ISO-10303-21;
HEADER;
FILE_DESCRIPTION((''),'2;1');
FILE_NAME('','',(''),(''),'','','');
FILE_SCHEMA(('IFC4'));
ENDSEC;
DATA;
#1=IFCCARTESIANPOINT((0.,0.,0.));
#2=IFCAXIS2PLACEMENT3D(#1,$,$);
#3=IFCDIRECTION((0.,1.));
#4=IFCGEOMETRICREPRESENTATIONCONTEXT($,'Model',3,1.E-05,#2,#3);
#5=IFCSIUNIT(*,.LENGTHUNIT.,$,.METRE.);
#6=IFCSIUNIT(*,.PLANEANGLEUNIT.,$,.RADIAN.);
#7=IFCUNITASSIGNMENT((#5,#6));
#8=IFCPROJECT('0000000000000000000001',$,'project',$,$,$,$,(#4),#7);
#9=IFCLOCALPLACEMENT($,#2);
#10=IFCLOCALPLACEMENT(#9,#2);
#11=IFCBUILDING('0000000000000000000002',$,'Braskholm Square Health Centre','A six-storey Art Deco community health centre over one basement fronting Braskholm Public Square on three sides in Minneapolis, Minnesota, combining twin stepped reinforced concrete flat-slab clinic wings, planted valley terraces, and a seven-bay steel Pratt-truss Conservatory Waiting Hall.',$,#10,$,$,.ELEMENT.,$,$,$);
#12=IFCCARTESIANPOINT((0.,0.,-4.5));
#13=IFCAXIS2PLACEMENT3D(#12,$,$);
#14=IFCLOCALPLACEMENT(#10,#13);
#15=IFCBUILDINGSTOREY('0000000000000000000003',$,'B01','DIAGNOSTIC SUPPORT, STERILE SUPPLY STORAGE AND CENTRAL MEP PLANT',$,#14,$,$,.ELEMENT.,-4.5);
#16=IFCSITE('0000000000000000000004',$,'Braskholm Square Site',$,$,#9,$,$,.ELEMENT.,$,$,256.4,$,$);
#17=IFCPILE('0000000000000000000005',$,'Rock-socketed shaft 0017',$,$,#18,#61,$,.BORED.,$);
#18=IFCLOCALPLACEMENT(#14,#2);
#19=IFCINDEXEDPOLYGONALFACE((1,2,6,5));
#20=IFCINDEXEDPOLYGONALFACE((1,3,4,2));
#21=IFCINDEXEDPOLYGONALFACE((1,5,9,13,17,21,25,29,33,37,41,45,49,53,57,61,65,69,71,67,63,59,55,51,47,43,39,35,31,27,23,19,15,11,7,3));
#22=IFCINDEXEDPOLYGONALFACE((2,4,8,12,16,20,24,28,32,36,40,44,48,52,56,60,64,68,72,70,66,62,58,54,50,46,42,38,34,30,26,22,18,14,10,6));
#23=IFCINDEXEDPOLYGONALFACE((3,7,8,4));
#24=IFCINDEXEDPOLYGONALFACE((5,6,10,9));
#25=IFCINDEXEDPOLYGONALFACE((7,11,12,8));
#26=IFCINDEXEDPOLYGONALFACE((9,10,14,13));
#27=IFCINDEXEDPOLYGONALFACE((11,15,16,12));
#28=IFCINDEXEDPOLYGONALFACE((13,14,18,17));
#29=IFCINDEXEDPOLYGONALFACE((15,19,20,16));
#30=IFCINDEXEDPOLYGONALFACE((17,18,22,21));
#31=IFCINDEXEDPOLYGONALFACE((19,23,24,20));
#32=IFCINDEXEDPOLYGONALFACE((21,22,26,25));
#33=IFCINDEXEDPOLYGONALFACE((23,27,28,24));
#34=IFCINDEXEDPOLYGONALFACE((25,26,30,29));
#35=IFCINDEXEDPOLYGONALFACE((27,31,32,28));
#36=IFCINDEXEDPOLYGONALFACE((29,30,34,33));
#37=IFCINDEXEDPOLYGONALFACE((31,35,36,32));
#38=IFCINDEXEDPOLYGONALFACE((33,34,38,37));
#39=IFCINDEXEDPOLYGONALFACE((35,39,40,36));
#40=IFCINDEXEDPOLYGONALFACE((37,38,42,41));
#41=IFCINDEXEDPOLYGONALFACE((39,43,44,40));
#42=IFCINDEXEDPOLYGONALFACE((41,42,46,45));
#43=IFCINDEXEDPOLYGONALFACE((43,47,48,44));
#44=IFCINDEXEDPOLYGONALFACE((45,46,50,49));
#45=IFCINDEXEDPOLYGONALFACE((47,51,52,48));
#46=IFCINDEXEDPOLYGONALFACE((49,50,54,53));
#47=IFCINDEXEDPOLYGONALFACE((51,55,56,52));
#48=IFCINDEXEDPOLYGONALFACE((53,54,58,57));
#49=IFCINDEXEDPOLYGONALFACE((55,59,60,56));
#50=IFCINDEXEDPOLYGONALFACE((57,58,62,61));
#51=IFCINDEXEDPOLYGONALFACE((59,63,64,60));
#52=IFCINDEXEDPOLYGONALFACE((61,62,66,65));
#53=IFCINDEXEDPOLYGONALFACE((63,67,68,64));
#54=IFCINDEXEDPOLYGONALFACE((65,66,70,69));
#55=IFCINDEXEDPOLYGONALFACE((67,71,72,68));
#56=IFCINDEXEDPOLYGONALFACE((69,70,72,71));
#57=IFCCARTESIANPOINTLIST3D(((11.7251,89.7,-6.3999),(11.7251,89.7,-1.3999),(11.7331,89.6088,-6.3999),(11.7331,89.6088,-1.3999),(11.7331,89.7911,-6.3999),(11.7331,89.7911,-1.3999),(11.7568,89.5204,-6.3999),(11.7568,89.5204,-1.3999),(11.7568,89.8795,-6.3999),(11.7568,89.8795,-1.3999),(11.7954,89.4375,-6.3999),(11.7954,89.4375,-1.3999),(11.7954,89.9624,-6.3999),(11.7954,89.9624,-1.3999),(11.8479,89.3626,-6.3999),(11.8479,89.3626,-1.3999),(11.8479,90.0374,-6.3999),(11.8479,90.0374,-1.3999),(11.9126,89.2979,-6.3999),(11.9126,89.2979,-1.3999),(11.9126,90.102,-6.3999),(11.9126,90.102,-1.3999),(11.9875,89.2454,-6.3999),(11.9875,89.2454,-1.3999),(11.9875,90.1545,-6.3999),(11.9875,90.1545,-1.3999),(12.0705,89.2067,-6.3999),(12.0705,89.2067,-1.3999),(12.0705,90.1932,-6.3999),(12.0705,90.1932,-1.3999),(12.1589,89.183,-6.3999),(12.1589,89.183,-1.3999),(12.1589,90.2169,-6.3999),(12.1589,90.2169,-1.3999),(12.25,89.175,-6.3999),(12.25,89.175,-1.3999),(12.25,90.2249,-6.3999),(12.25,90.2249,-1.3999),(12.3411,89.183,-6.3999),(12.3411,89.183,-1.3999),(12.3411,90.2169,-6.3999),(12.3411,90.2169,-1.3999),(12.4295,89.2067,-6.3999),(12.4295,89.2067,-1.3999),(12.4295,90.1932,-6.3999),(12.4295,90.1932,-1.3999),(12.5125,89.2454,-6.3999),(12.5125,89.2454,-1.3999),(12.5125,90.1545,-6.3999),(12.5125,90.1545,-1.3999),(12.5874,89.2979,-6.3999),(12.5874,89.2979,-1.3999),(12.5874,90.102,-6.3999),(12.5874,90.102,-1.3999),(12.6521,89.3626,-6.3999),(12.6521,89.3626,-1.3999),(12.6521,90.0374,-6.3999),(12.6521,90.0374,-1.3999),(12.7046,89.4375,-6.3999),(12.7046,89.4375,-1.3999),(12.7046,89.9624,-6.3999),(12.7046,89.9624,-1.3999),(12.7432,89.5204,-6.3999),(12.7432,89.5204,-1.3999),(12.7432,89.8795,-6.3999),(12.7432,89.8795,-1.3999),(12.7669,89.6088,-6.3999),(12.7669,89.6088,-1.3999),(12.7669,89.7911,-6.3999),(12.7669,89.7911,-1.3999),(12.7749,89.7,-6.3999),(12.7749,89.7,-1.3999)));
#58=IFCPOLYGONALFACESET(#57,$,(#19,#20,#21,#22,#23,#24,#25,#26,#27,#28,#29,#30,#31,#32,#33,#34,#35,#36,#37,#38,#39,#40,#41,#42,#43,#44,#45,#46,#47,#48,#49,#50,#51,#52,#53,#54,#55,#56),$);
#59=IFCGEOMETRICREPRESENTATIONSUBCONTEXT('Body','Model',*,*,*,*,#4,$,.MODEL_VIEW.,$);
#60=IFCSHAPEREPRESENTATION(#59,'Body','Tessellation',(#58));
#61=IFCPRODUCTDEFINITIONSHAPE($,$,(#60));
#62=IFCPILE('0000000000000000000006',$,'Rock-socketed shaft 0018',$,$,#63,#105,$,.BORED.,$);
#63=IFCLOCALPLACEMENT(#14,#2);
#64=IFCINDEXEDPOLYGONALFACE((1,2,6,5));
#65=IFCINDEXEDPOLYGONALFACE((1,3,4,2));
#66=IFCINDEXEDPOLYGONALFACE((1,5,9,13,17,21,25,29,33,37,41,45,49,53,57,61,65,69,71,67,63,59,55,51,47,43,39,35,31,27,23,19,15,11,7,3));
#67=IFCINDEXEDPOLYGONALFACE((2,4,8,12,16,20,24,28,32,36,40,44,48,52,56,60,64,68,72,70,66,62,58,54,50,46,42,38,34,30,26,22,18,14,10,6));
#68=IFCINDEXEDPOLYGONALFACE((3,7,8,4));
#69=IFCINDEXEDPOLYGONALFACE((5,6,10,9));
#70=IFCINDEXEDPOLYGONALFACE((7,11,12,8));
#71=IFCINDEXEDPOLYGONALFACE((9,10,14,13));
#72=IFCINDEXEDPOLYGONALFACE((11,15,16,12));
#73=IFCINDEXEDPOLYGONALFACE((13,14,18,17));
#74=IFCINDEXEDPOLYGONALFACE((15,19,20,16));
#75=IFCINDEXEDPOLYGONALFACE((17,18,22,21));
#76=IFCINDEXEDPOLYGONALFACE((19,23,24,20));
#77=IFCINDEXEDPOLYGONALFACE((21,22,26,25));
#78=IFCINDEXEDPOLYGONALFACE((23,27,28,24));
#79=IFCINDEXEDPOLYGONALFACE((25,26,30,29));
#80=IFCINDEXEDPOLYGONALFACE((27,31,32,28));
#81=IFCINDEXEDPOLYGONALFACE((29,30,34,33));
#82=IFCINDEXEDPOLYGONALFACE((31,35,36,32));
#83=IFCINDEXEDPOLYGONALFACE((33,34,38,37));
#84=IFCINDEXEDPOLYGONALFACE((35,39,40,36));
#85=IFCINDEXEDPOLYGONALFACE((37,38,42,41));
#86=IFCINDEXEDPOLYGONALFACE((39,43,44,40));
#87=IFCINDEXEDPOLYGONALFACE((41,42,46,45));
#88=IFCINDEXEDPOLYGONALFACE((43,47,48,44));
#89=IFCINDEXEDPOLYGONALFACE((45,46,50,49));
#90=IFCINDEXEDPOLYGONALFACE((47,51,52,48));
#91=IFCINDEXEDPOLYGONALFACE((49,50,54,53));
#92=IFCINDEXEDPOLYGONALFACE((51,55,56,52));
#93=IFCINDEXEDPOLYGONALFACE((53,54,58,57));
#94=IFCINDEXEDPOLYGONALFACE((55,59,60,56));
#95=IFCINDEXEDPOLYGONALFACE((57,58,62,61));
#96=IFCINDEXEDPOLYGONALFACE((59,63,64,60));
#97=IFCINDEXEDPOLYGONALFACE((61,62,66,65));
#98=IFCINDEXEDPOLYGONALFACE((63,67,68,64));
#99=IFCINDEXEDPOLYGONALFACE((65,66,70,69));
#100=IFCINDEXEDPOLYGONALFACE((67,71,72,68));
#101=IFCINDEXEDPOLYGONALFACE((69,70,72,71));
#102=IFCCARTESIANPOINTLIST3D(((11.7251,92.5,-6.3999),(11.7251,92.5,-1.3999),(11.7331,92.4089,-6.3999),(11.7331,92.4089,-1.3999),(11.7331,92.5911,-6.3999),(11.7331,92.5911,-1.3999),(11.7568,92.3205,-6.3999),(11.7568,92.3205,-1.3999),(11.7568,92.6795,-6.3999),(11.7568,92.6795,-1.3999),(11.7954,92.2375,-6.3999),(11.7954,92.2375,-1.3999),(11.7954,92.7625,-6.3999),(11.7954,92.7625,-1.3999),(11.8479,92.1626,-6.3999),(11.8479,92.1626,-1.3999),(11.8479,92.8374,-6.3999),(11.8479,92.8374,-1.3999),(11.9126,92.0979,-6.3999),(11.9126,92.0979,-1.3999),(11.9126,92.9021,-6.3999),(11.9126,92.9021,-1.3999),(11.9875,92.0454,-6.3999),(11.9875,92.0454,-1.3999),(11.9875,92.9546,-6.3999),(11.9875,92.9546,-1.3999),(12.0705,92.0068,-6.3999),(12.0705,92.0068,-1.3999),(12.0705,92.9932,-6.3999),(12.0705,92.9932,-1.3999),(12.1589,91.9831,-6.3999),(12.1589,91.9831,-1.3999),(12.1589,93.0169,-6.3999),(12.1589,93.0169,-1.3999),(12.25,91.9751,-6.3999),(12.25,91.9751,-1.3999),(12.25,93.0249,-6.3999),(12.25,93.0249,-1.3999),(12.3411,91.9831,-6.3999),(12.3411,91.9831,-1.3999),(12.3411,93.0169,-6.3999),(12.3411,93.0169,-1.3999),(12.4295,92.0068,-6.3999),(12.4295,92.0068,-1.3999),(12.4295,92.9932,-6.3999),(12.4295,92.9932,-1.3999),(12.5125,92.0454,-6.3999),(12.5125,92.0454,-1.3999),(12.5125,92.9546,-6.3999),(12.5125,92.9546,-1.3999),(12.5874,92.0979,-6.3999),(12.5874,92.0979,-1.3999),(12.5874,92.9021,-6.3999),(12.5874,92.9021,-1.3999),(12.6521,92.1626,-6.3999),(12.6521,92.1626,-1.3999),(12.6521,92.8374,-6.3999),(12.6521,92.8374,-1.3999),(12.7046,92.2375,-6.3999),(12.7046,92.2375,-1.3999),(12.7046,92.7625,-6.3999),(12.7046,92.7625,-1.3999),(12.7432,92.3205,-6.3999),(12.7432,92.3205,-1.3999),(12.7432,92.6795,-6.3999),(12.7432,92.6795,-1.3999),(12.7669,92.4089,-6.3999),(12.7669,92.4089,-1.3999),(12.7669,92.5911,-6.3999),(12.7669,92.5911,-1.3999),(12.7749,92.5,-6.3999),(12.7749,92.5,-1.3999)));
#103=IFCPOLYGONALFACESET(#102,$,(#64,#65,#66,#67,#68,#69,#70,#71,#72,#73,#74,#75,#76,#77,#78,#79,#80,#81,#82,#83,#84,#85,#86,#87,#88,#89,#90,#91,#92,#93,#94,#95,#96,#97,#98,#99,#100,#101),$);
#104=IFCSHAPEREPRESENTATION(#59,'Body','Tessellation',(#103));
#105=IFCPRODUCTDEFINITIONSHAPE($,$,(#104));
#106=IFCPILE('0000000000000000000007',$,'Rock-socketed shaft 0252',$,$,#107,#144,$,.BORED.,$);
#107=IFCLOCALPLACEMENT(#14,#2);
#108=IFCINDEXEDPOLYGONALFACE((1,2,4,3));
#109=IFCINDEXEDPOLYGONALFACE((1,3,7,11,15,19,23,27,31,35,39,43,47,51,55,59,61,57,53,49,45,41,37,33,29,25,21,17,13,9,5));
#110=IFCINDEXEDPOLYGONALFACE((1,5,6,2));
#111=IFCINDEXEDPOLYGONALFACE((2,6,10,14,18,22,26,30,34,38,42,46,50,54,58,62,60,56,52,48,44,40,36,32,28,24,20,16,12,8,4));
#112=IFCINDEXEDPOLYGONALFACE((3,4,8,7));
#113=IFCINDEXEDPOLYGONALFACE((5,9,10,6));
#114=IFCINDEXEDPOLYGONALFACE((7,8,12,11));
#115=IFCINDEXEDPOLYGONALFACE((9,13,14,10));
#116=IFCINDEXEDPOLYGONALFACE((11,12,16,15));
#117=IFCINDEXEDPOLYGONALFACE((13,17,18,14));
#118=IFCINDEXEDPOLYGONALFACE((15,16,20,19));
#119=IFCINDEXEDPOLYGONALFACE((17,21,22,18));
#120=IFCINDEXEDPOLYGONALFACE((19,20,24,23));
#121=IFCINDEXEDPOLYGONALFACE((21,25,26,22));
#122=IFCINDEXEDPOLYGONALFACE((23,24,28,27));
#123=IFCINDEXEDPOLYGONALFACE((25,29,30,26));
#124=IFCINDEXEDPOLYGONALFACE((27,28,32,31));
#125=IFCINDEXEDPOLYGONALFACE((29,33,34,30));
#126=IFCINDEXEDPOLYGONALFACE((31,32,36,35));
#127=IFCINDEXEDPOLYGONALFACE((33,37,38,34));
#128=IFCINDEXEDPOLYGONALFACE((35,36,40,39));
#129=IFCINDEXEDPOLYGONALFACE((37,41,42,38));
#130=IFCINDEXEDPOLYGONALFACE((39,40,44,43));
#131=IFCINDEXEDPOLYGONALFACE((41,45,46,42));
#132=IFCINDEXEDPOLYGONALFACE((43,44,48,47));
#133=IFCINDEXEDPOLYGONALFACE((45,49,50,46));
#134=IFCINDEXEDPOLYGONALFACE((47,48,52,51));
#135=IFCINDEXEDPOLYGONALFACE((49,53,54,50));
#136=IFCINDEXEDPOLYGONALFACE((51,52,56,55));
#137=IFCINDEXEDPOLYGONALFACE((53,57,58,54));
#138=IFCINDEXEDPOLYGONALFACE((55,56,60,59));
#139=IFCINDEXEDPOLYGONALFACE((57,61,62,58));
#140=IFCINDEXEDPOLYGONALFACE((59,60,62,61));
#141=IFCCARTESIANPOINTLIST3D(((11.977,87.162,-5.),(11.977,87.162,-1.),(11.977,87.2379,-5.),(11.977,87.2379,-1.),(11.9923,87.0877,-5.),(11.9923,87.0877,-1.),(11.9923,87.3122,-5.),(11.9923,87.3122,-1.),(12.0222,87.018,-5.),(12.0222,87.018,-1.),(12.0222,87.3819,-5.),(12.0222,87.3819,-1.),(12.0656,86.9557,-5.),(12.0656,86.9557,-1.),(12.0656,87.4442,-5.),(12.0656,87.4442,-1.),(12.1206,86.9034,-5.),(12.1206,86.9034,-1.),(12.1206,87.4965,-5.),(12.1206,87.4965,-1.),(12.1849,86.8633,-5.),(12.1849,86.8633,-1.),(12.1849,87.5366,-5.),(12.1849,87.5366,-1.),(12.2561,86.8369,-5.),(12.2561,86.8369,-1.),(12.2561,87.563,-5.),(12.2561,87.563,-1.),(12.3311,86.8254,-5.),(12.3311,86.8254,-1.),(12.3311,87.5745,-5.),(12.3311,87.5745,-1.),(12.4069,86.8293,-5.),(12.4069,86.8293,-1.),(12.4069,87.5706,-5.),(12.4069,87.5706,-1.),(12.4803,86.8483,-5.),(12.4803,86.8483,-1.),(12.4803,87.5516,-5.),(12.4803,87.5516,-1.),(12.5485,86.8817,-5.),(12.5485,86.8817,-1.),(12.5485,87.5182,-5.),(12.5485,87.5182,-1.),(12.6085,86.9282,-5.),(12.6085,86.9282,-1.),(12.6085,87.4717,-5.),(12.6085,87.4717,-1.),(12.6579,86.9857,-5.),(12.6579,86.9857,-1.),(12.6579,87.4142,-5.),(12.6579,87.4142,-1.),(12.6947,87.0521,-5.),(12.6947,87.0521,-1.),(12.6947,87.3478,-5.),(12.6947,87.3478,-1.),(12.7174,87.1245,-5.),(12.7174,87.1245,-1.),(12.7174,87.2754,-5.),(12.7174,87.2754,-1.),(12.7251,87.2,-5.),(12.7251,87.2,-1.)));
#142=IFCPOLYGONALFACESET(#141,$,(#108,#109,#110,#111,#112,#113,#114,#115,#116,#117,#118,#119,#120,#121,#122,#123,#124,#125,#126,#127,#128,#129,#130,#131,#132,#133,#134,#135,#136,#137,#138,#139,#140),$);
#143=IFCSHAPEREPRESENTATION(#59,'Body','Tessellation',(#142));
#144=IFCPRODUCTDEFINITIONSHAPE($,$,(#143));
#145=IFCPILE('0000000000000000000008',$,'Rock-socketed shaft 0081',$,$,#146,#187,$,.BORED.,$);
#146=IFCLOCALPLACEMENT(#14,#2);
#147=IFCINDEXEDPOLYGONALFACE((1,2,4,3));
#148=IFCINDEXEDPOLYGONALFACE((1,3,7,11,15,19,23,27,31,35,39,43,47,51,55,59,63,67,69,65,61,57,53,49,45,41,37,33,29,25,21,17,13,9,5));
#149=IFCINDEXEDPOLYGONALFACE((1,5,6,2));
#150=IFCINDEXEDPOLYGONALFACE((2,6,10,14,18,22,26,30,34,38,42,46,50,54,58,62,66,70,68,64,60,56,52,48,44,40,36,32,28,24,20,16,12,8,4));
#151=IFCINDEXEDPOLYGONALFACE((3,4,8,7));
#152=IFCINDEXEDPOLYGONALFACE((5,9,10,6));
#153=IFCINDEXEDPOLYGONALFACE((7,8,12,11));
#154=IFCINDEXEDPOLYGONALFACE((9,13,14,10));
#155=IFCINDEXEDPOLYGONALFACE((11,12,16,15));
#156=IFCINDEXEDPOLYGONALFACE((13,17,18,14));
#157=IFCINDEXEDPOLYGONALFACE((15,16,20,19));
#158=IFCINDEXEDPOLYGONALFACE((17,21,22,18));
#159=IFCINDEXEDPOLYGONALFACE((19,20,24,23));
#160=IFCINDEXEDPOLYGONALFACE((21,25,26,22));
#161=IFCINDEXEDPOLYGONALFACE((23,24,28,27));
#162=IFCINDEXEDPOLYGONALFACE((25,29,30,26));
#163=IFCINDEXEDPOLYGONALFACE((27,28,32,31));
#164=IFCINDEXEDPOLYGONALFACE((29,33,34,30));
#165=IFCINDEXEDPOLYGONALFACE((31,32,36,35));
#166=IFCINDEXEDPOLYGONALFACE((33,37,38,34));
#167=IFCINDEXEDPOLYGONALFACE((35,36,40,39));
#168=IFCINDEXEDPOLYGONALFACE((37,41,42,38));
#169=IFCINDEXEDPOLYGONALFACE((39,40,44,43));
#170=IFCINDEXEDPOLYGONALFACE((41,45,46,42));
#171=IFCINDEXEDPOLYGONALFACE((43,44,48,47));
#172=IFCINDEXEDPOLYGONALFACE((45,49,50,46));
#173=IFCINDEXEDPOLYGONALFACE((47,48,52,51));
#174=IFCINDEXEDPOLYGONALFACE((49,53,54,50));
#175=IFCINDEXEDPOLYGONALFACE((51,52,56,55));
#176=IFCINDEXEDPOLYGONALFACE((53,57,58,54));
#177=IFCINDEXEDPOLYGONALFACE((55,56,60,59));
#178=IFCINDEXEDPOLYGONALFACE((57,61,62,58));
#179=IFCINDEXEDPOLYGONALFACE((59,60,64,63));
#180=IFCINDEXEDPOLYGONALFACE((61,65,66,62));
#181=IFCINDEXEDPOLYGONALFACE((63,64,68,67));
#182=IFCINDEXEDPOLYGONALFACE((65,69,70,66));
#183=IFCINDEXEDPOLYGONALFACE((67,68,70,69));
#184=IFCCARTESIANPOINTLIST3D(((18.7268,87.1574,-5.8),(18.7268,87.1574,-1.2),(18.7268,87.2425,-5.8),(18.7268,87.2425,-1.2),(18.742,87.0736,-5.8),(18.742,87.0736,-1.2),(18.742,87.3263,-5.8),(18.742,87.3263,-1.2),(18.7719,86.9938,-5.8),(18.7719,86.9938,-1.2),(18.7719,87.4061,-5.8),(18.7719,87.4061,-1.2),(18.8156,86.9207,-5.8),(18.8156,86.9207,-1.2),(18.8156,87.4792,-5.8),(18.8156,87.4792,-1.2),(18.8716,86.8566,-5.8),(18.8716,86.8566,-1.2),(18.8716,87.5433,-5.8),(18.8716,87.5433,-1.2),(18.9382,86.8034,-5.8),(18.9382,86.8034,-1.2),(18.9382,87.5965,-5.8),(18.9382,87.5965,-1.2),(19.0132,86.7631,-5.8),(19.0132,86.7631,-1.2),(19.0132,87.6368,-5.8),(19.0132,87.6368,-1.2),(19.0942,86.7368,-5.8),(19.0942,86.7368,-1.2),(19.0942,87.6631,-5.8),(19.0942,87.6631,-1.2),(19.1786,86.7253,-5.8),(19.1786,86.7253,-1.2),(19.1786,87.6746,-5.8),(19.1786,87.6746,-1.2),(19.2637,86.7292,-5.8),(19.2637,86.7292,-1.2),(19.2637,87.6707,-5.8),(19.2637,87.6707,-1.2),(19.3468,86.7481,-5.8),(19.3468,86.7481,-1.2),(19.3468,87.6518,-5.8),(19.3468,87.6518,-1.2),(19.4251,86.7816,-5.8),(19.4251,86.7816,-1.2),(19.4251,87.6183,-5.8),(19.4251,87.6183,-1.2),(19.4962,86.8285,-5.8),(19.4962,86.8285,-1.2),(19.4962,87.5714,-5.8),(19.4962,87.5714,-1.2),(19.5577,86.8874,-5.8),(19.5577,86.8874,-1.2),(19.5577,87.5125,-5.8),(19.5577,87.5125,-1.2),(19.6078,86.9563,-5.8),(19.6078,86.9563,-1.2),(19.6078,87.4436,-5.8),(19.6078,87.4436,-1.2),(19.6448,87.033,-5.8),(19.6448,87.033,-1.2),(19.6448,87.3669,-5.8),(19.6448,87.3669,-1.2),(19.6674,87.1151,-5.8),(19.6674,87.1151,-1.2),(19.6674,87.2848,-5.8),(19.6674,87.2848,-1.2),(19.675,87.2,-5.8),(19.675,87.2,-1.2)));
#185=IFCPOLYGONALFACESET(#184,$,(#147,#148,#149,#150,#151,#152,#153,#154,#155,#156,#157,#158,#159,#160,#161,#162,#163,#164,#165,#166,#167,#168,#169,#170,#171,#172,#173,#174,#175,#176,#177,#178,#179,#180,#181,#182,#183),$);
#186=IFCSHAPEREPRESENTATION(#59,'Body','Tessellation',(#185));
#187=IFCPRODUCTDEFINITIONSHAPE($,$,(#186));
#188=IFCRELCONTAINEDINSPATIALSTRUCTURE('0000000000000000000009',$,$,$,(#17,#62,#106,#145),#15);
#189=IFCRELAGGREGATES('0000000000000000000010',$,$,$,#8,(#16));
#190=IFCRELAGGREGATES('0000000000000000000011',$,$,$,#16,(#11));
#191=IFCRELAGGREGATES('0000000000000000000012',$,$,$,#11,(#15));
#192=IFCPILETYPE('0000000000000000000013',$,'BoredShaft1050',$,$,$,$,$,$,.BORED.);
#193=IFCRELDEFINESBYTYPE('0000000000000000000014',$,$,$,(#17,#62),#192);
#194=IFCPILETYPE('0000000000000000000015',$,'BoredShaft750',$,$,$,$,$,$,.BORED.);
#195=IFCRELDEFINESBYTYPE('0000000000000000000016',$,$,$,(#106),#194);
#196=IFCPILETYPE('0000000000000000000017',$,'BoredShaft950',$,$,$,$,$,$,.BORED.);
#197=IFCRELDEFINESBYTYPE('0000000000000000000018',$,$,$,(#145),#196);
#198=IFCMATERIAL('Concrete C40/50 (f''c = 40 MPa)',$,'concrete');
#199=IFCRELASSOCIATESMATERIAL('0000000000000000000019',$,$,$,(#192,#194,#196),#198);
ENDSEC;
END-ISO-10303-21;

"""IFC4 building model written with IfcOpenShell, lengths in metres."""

from ifc_helpers import new_model, si_unit, direction, frame, origin, origin_2d, place, context, subcontext, project, spatial, circle, extrude, material, material_profile, profile_set, type_object, element, save


model = new_model("IFC4")

# Units and contexts
model_context = context("Model", 3, precision=1e-05, world=origin(), true_north=direction((0.0, 1.0)))
body_context = subcontext(model_context, "Body", "Model", "MODEL_VIEW")
ifc_project = project(units=[si_unit("LENGTHUNIT", "METRE"), si_unit("PLANEANGLEUNIT", "RADIAN")], contexts=[model_context])

# Site, building, storey
site_placement = place(None, origin())
site = spatial("IfcSite", under=ifc_project, at=site_placement, Name="Braskholm Square Site", CompositionType="ELEMENT", RefElevation=256.4)
building_placement = place(site_placement, origin())
building = spatial("IfcBuilding", under=site, at=building_placement, Name="Braskholm Square Health Centre", Description="A six-storey Art Deco community health centre over one basement fronting Braskholm Public Square on three sides in Minneapolis, Minnesota, combining twin stepped reinforced concrete flat-slab clinic wings, planted valley terraces, and a seven-bay steel Pratt-truss Conservatory Waiting Hall.", CompositionType="ELEMENT")
storey_placement = place(building_placement, frame((0.0, 0.0, -4.5)))
storey = spatial("IfcBuildingStorey", under=building, at=storey_placement, Name="B01", Description="DIAGNOSTIC SUPPORT, STERILE SUPPLY STORAGE AND CENTRAL MEP PLANT", CompositionType="ELEMENT", Elevation=-4.5)

# Piles
ifc_material_1 = material(Name="Concrete C40/50 (f'c = 40 MPa)", Category="concrete")
ifc_material_profile_1 = material_profile(ifc_material_1, circle(Radius=0.5249, at=origin_2d()), Name="BORED-PILE-1050")
ifc_profile_set_1 = profile_set([ifc_material_profile_1], Name="Concrete C40/50 (f'c = 40 MPa)")
pile_type_1 = type_object("IfcPileType", Name="BoredShaft1050", PredefinedType="BORED", material=ifc_profile_set_1)
for number, where, z_axis, x_axis, name in (
    (1, (12.25, 89.7, -1.3999), (0.0, 0.0, -1.0), (1.0, 0.0, 0.0), "Rock-socketed shaft 0017"),
    (2, (12.25, 92.5, -1.3999), (0.0, 0.0, -1.0), (1.0, 0.0, 0.0), "Rock-socketed shaft 0018"),
):
    element("IfcPile", number, at=place(storey_placement, frame(where, z_axis=z_axis, x_axis=x_axis)), inside=storey, type_object=pile_type_1, Name=name, PredefinedType="BORED", context=body_context, shape_type="SweptSolid", body=[
        extrude(circle(Radius=0.5249, at=origin_2d()), origin(), (0.0, 0.0, 1.0), 5.0),
    ])
ifc_material_profile_2 = material_profile(ifc_material_1, circle(Radius=0.375, at=origin_2d()), Name="BORED-PILE-750")
ifc_profile_set_2 = profile_set([ifc_material_profile_2], Name="Concrete C40/50 (f'c = 40 MPa)")
pile_type_2 = type_object("IfcPileType", Name="BoredShaft750", PredefinedType="BORED", material=ifc_profile_set_2)
pile_placement = place(storey_placement, frame((12.3501, 87.2, -1.0), z_axis=(0.0, 0.0, -1.0), x_axis=(1.0, 0.0, 0.0)))
element("IfcPile", 3, at=pile_placement, inside=storey, type_object=pile_type_2, Name="Rock-socketed shaft 0252", PredefinedType="BORED", context=body_context, shape_type="SweptSolid", body=[
    extrude(circle(Radius=0.375, at=origin_2d()), origin(), (0.0, 0.0, 1.0), 4.0),
])
ifc_material_profile_3 = material_profile(ifc_material_1, circle(Radius=0.4751, at=origin_2d()), Name="BORED-PILE-950")
ifc_profile_set_3 = profile_set([ifc_material_profile_3], Name="Concrete C40/50 (f'c = 40 MPa)")
pile_type_3 = type_object("IfcPileType", Name="BoredShaft950", PredefinedType="BORED", material=ifc_profile_set_3)
for number, where, z_axis, x_axis, name in (
    (4, (19.2, 87.2, -1.2), (0.0, 0.0, -1.0), (1.0, 0.0, 0.0), "Rock-socketed shaft 0081"),
):
    element("IfcPile", number, at=place(storey_placement, frame(where, z_axis=z_axis, x_axis=x_axis)), inside=storey, type_object=pile_type_3, Name=name, PredefinedType="BORED", context=body_context, shape_type="SweptSolid", body=[
        extrude(circle(Radius=0.4751, at=origin_2d()), origin(), (0.0, 0.0, 1.0), 4.6001),
    ])

save(model, "model.ifc")
